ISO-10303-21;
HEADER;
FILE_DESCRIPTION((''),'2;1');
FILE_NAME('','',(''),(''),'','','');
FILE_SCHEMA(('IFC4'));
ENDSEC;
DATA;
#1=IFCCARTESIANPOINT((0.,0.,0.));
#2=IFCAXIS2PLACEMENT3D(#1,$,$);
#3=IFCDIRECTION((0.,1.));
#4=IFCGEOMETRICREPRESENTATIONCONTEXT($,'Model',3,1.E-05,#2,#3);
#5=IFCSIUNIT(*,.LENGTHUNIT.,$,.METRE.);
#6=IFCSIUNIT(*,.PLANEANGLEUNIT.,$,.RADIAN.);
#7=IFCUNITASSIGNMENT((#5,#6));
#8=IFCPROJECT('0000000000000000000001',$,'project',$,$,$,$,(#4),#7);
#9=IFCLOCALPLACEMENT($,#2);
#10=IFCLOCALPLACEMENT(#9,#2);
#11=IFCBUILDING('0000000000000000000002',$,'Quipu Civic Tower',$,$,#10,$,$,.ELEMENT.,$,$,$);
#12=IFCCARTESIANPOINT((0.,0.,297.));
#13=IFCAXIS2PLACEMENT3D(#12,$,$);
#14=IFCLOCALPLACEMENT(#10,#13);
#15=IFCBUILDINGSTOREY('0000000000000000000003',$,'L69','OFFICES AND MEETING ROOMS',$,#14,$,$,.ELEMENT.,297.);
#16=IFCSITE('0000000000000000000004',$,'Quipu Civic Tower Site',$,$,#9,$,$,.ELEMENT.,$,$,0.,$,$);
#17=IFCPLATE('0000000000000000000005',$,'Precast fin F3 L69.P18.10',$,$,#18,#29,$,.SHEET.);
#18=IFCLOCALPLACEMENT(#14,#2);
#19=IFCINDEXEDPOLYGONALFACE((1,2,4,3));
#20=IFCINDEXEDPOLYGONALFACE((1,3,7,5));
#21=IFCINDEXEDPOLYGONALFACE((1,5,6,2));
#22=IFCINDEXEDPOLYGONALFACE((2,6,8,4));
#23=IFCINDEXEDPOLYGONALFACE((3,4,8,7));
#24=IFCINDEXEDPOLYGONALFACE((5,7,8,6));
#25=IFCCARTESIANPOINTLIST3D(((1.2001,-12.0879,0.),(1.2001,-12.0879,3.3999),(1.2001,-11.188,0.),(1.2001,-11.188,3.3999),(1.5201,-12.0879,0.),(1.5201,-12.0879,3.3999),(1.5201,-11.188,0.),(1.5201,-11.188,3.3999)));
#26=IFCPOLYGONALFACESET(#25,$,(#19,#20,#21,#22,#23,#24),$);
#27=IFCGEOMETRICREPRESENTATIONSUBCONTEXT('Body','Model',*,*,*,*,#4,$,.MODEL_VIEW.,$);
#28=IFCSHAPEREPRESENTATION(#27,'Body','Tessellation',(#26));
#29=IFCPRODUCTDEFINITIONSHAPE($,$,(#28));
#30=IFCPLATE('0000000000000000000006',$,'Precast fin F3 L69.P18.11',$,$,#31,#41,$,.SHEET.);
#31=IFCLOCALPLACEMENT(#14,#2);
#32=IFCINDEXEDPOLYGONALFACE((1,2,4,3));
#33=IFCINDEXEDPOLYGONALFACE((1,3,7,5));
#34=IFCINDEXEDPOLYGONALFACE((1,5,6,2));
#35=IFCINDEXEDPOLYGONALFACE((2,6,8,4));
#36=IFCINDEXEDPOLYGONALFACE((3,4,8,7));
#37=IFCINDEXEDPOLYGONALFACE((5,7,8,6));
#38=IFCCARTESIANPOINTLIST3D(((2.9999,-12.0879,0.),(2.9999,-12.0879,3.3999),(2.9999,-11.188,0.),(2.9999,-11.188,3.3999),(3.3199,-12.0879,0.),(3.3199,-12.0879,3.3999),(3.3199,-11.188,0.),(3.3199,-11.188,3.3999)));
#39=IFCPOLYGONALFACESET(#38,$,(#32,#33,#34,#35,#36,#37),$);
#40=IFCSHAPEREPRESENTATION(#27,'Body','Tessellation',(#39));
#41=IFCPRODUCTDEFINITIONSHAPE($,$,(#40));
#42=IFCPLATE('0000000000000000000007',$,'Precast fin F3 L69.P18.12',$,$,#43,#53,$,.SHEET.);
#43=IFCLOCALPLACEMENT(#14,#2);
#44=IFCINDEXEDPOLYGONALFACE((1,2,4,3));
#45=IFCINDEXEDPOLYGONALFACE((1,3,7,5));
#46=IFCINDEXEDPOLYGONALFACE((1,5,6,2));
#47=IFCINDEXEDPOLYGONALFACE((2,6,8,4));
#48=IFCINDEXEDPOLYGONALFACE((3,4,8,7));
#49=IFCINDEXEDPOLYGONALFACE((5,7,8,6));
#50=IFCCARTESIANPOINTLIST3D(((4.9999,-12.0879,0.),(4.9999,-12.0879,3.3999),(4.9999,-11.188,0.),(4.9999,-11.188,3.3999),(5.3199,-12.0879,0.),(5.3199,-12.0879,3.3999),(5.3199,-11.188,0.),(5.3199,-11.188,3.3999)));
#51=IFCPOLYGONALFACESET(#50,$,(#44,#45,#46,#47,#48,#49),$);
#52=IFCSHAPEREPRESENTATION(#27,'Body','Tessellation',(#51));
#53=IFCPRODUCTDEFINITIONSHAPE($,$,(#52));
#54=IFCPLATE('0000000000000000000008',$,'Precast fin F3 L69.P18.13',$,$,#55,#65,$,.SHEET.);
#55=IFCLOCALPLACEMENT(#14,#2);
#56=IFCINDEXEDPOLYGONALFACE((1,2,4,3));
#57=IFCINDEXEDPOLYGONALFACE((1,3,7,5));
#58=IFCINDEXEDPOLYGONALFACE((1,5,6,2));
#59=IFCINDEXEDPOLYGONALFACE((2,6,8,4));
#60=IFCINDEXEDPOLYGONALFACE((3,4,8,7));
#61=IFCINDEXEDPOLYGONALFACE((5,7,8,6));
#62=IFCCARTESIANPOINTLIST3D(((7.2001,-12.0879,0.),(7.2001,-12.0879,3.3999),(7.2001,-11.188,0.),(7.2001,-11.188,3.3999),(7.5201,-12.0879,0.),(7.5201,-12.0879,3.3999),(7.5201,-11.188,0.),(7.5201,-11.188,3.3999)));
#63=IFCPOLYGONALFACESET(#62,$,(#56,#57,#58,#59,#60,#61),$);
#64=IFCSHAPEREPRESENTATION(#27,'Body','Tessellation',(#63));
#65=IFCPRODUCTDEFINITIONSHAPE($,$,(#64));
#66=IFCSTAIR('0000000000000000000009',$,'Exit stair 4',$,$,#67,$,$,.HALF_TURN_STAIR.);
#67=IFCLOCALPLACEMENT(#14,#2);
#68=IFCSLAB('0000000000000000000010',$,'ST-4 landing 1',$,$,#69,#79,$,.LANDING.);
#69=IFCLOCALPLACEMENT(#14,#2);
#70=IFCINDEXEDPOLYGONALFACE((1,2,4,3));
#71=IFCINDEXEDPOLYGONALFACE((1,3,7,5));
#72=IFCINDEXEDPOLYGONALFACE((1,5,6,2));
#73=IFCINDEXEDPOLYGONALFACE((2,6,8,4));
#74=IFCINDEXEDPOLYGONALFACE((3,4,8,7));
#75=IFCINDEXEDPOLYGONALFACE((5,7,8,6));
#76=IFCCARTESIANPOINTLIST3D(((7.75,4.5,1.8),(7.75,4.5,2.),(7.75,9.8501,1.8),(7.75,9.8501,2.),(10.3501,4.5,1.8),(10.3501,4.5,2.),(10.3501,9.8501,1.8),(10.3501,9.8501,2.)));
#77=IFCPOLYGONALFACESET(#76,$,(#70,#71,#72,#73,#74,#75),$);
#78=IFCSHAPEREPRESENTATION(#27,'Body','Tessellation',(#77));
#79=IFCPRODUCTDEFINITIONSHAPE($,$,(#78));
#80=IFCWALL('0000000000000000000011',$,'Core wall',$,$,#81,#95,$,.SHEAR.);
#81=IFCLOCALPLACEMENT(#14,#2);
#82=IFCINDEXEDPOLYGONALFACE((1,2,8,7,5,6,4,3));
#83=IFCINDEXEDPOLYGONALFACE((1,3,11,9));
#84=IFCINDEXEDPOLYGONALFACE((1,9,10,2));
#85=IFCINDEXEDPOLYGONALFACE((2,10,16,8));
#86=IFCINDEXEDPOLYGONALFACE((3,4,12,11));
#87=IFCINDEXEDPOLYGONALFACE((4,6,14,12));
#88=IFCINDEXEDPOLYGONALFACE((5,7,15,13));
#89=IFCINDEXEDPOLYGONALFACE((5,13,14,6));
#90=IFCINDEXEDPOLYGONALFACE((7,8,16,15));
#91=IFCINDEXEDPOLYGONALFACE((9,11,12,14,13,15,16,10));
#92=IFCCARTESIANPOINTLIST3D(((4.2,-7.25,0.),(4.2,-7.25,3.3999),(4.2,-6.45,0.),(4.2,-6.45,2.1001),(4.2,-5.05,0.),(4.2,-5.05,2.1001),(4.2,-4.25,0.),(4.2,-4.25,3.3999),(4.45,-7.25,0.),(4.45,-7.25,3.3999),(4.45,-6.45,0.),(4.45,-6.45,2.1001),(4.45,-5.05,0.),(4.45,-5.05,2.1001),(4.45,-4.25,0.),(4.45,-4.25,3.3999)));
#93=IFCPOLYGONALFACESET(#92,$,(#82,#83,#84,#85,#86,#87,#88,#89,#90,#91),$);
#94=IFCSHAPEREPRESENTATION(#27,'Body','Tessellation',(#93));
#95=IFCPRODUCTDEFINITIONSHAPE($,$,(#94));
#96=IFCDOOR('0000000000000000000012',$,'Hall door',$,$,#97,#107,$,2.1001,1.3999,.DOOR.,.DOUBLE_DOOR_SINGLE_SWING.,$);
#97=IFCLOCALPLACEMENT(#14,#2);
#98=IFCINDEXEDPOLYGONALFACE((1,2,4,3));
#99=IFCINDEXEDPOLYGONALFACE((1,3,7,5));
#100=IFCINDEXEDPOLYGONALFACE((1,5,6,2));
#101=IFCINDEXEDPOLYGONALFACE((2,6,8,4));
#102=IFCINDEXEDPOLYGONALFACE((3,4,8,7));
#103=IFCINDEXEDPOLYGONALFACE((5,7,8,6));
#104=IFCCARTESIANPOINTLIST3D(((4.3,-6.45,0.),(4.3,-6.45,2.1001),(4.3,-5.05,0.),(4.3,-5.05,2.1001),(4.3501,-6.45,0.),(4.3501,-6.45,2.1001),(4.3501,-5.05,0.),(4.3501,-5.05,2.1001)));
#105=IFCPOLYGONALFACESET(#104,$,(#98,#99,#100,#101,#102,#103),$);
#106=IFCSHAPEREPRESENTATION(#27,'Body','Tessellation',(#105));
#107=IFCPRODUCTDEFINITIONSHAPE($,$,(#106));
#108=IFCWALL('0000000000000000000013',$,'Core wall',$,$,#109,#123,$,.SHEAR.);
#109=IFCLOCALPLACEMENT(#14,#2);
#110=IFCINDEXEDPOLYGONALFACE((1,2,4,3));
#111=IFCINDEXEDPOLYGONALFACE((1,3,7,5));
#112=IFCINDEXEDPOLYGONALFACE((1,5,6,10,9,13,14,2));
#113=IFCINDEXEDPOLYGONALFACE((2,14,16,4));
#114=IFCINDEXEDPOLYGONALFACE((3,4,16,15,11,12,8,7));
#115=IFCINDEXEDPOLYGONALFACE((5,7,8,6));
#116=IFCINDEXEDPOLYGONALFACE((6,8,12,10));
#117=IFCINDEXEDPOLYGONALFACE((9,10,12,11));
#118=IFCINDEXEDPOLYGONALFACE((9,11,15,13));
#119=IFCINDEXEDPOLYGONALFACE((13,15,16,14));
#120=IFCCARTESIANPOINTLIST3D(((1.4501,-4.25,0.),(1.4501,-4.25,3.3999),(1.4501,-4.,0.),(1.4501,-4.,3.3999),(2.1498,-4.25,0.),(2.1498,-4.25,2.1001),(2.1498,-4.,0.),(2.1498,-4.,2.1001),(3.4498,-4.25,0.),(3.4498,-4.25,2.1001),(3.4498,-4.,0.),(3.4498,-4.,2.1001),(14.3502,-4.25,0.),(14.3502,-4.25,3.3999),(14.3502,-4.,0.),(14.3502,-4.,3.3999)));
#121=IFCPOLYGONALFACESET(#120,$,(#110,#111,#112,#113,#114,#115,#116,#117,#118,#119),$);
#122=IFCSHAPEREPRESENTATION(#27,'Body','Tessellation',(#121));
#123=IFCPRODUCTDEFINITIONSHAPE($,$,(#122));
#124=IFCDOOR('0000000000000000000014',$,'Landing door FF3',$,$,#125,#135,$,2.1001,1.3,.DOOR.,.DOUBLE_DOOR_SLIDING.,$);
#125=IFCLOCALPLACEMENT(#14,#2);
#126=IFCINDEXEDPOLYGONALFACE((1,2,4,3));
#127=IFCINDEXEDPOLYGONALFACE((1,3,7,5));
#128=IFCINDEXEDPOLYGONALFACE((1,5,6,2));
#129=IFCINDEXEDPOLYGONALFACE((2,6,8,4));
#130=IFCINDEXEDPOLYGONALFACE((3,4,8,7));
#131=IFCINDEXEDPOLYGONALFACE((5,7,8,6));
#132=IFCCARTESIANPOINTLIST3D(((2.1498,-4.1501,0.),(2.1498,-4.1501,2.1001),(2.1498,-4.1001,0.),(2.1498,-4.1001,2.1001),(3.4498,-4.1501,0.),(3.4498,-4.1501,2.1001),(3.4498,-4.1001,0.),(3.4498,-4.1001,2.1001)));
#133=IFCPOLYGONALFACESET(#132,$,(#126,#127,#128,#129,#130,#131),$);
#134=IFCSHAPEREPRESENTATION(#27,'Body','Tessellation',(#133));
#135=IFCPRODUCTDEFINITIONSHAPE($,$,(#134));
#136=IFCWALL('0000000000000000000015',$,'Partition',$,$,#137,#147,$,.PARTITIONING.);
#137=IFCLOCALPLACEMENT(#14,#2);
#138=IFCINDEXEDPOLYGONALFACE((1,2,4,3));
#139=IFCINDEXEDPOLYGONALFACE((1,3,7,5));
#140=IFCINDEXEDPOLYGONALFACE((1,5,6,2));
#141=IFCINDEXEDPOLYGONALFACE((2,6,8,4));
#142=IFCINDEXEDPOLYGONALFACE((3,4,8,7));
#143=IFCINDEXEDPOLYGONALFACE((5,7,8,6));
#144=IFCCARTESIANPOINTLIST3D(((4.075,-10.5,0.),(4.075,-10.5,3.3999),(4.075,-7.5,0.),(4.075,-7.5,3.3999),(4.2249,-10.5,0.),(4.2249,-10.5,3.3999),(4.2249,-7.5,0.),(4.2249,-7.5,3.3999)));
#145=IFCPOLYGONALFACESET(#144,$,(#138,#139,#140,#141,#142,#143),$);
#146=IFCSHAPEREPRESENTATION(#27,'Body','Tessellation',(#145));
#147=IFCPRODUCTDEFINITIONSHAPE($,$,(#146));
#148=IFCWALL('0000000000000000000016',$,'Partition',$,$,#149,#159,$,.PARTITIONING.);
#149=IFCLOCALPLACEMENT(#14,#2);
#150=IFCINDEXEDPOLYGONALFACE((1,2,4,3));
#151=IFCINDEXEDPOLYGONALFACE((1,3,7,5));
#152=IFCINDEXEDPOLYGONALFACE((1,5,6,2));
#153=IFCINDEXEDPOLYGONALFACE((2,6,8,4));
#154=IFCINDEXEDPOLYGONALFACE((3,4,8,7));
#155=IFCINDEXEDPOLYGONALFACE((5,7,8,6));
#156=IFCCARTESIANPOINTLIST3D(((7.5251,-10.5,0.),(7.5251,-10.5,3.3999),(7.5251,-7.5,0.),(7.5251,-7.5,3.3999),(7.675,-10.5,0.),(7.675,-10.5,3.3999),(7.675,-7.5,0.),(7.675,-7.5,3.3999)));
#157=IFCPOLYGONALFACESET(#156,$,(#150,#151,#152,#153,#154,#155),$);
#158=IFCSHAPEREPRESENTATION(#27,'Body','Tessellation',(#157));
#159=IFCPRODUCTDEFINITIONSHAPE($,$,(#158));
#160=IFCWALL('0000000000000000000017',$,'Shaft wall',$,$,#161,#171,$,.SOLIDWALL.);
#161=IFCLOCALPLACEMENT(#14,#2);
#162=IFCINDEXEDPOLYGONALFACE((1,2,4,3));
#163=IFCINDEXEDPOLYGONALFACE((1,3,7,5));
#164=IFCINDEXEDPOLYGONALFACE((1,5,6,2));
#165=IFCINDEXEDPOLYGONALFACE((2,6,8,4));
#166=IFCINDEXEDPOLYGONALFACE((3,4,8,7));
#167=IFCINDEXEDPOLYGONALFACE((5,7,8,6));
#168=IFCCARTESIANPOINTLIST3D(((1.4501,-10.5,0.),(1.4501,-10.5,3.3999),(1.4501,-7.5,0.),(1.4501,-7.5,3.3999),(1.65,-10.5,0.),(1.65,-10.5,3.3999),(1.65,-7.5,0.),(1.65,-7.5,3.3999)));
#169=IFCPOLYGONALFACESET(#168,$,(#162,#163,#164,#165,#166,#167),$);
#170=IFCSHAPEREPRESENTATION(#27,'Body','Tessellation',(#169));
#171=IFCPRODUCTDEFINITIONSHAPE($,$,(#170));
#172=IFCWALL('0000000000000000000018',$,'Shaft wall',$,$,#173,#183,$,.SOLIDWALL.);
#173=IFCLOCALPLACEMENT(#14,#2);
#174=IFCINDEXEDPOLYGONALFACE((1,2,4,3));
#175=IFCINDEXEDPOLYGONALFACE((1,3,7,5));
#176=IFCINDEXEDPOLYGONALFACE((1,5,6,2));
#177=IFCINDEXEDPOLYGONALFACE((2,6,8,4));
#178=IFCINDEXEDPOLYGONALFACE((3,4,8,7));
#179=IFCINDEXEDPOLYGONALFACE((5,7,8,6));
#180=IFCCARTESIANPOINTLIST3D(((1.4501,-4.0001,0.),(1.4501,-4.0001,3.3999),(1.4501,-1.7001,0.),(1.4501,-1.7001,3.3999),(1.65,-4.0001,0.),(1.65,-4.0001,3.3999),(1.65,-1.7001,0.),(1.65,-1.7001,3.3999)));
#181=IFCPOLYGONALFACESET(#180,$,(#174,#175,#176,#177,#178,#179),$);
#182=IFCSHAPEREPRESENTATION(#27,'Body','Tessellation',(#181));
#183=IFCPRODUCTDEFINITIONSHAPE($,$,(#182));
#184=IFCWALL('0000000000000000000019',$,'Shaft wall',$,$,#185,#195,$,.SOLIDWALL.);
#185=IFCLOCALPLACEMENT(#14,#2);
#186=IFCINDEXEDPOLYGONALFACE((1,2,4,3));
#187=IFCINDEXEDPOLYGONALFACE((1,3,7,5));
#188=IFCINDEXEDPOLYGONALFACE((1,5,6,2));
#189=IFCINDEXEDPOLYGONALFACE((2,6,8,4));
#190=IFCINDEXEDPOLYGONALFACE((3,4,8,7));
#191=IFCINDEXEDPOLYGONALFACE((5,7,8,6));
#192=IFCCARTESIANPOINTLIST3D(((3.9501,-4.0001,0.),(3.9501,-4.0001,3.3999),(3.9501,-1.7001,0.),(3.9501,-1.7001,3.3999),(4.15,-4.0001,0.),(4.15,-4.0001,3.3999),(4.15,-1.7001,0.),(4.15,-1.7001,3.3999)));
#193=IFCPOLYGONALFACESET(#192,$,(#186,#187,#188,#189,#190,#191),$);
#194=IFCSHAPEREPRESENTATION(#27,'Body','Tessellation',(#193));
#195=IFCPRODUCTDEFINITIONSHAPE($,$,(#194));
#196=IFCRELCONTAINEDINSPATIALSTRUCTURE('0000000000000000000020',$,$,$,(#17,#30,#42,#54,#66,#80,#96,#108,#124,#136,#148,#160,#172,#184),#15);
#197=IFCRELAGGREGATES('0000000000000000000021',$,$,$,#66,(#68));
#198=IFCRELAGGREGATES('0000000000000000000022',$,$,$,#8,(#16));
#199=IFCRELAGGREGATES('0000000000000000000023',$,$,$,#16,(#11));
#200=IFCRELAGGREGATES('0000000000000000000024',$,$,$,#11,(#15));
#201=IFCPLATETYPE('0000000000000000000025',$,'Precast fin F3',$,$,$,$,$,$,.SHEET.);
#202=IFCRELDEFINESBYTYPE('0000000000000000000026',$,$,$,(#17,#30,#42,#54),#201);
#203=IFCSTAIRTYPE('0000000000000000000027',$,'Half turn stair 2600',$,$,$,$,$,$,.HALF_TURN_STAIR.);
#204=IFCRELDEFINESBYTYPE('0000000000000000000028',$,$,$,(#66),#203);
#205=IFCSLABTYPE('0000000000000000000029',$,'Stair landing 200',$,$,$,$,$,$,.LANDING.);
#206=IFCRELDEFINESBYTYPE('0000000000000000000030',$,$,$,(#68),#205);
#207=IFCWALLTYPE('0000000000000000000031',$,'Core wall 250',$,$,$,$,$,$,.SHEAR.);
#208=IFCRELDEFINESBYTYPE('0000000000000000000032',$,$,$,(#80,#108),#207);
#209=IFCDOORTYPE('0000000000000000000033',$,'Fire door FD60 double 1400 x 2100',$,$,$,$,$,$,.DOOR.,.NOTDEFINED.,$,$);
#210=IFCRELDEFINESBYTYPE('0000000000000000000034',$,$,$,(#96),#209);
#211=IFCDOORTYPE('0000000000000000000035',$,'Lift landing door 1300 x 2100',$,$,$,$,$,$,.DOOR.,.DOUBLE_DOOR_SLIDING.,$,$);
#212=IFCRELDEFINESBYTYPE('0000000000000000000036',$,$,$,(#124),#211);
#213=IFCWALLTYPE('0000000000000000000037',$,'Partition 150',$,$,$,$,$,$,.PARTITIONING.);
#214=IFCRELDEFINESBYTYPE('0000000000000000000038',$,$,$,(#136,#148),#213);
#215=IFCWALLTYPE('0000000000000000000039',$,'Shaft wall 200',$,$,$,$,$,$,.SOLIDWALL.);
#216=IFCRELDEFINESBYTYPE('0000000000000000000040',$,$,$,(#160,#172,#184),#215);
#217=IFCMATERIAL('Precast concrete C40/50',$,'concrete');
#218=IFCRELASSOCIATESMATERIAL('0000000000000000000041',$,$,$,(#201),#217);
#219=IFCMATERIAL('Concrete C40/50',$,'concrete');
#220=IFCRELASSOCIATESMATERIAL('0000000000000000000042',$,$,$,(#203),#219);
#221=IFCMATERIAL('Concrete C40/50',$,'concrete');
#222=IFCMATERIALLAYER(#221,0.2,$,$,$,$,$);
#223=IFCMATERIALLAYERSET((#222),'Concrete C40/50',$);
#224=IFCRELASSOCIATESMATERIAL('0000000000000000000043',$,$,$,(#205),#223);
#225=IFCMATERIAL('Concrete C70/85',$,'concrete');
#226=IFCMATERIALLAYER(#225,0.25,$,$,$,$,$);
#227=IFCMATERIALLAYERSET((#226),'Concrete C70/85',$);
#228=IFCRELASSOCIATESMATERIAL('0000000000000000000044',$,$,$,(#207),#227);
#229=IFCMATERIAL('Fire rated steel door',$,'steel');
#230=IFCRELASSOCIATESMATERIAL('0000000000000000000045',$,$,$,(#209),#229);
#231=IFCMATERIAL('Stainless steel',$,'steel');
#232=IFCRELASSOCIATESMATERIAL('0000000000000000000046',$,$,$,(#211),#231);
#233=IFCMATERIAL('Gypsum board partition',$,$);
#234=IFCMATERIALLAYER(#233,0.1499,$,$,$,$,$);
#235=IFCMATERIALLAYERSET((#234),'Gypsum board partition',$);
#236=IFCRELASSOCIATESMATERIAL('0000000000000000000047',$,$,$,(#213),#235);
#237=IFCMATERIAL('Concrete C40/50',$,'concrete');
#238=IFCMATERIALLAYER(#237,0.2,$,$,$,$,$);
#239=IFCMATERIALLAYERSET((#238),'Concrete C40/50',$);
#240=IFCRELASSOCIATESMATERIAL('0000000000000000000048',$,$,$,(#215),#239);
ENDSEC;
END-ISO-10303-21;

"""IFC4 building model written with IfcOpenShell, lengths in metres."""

from ifc_helpers import new_model, si_unit, direction, frame, frame_2d, origin, origin_2d, place, context, subcontext, project, spatial, polyline, rectangle, outline, extrude, material, layer, layer_set, type_object, element, fill, aggregate, save


model = new_model("IFC4")

# Units and contexts
model_context = context("Model", 3, precision=1e-05, world=origin(), true_north=direction((0.0, 1.0)))
body_context = subcontext(model_context, "Body", "Model", "MODEL_VIEW")
ifc_project = project(units=[si_unit("LENGTHUNIT", "METRE"), si_unit("PLANEANGLEUNIT", "RADIAN")], contexts=[model_context])

# Site, building, storey
site_placement = place(None, origin())
site = spatial("IfcSite", under=ifc_project, at=site_placement, Name="Quipu Civic Tower Site", CompositionType="ELEMENT", RefElevation=0.0)
building_placement = place(site_placement, origin())
building = spatial("IfcBuilding", under=site, at=building_placement, Name="Quipu Civic Tower", CompositionType="ELEMENT")
storey_placement = place(building_placement, frame((0.0, 0.0, 297.0)))
storey = spatial("IfcBuildingStorey", under=building, at=storey_placement, Name="L69", Description="OFFICES AND MEETING ROOMS", CompositionType="ELEMENT", Elevation=297.0)

# Plates
ifc_material_1 = material(Name="Precast concrete C40/50", Category="concrete")
plate_type = type_object("IfcPlateType", Name="Precast fin F3", PredefinedType="SHEET", material=ifc_material_1)
for number, where, z_axis, x_axis, name in (
    (1, (1.3601, -11.6379, 0.0), (0.0, 0.0, 1.0), (1.0, 0.0, 0.0), "Precast fin F3 L69.P18.10"),
    (2, (3.1599, -11.6379, 0.0), (0.0, 0.0, 1.0), (1.0, 0.0, 0.0), "Precast fin F3 L69.P18.11"),
    (3, (5.1599, -11.6379, 0.0), (0.0, 0.0, 1.0), (1.0, 0.0, 0.0), "Precast fin F3 L69.P18.12"),
    (4, (7.3601, -11.6379, 0.0), (0.0, 0.0, 1.0), (1.0, 0.0, 0.0), "Precast fin F3 L69.P18.13"),
):
    element("IfcPlate", number, at=place(storey_placement, frame(where, z_axis=z_axis, x_axis=x_axis)), inside=storey, type_object=plate_type, Name=name, PredefinedType="SHEET", context=body_context, shape_type="SweptSolid", body=[
        extrude(rectangle(XDim=0.3201, YDim=0.8999, at=origin_2d()), origin(), (0.0, 0.0, 1.0), 3.3999),
    ])

# Stair, slab
ifc_material_2 = material(Name="Concrete C40/50", Category="concrete")
stair_type = type_object("IfcStairType", Name="Half turn stair 2600", PredefinedType="HALF_TURN_STAIR", material=ifc_material_2)
stair_placement = place(storey_placement, origin())
stair = element("IfcStair", 5, at=stair_placement, inside=storey, type_object=stair_type, Name="Exit stair 4", PredefinedType="HALF_TURN_STAIR")
ifc_material_3 = material(Name="Concrete C40/50", Category="concrete")
ifc_layer_1 = layer(ifc_material_3, 0.2)
ifc_layer_set_1 = layer_set([ifc_layer_1], Name="Concrete C40/50")
slab_type = type_object("IfcSlabType", Name="Stair landing 200", PredefinedType="LANDING", material=ifc_layer_set_1)
slab_placement = place(storey_placement, frame((0.0, 0.0, 1.8)))
slab = element("IfcSlab", 6, at=slab_placement, type_object=slab_type, Name="ST-4 landing 1", PredefinedType="LANDING", context=body_context, shape_type="SweptSolid", body=[
    extrude(outline(polyline([(10.3501, 9.8501), (7.75, 9.8501), (7.75, 4.5), (10.3501, 4.5), (10.3501, 9.8501)])), origin(), (0.0, 0.0, 1.0), 0.2),
])
aggregate(stair, [slab])

# Walls, openings, doors
ifc_material_4 = material(Name="Concrete C70/85", Category="concrete")
ifc_layer_2 = layer(ifc_material_4, 0.25)
ifc_layer_set_2 = layer_set([ifc_layer_2], Name="Concrete C70/85")
wall_type_1 = type_object("IfcWallType", Name="Core wall 250", PredefinedType="SHEAR", material=ifc_layer_set_2)
wall_1_placement = place(storey_placement, frame((4.325, -7.25, 0.0), z_axis=(0.0, 0.0, 1.0), x_axis=(0.0, 1.0, 0.0)))
wall_1 = element("IfcWall", 7, at=wall_1_placement, inside=storey, type_object=wall_type_1, Name="Core wall", PredefinedType="SHEAR", context=body_context, shape_type="SweptSolid", body=[
    extrude(rectangle(XDim=3.0, YDim=0.25, at=frame_2d((1.5, 0.0))), origin(), (0.0, 0.0, 1.0), 3.3999),
])
opening_1_placement = place(wall_1_placement, frame((0.8, 0.0, 0.0)))
opening_1 = element("IfcOpeningElement", 8, at=opening_1_placement, cuts=wall_1, PredefinedType="OPENING", context=body_context, shape_type="SweptSolid", body=[
    extrude(rectangle(XDim=1.3999, YDim=2.1001, at=frame_2d((0.7, 1.05))), frame((0.0, 0.135, 0.0), z_axis=(0.0, -1.0, 0.0), x_axis=(1.0, 0.0, 0.0)), (0.0, 0.0, 1.0), 0.27),
])
ifc_material_5 = material(Name="Fire rated steel door", Category="steel")
door_type_1 = type_object("IfcDoorType", Name="Fire door FD60 double 1400 x 2100", OperationType="NOTDEFINED", PredefinedType="DOOR", material=ifc_material_5)
door_1_placement = place(opening_1_placement, origin())
door_1 = element("IfcDoor", 9, at=door_1_placement, inside=storey, type_object=door_type_1, Name="Hall door", OperationType="DOUBLE_DOOR_SINGLE_SWING", OverallHeight=2.1001, OverallWidth=1.3999, PredefinedType="DOOR", context=body_context, shape_type="SweptSolid", body=[
    extrude(rectangle(XDim=1.3999, YDim=2.1001, at=frame_2d((0.7, 1.05))), frame((0.0, 0.0249, 0.0), z_axis=(0.0, -1.0, 0.0), x_axis=(1.0, 0.0, 0.0)), (0.0, 0.0, 1.0), 0.05),
])
fill(opening_1, door_1)
wall_2_placement = place(storey_placement, frame((1.45, -4.125, 0.0), z_axis=(0.0, 0.0, 1.0), x_axis=(1.0, 0.0, 0.0)))
wall_2 = element("IfcWall", 10, at=wall_2_placement, inside=storey, type_object=wall_type_1, Name="Core wall", PredefinedType="SHEAR", context=body_context, shape_type="SweptSolid", body=[
    extrude(rectangle(XDim=12.9001, YDim=0.25, at=frame_2d((6.4502, 0.0))), origin(), (0.0, 0.0, 1.0), 3.3999),
])
opening_2_placement = place(wall_2_placement, frame((0.7, 0.0, 0.0)))
opening_2 = element("IfcOpeningElement", 11, at=opening_2_placement, cuts=wall_2, PredefinedType="OPENING", context=body_context, shape_type="SweptSolid", body=[
    extrude(rectangle(XDim=1.3, YDim=2.1001, at=frame_2d((0.6499, 1.05))), frame((0.0, 0.135, 0.0), z_axis=(0.0, -1.0, 0.0), x_axis=(1.0, 0.0, 0.0)), (0.0, 0.0, 1.0), 0.27),
])
ifc_material_6 = material(Name="Stainless steel", Category="steel")
door_type_2 = type_object("IfcDoorType", Name="Lift landing door 1300 x 2100", OperationType="DOUBLE_DOOR_SLIDING", PredefinedType="DOOR", material=ifc_material_6)
door_2_placement = place(opening_2_placement, origin())
door_2 = element("IfcDoor", 12, at=door_2_placement, inside=storey, type_object=door_type_2, Name="Landing door FF3", OperationType="DOUBLE_DOOR_SLIDING", OverallHeight=2.1001, OverallWidth=1.3, PredefinedType="DOOR", context=body_context, shape_type="SweptSolid", body=[
    extrude(rectangle(XDim=1.3, YDim=2.1001, at=frame_2d((0.6499, 1.05))), frame((0.0, 0.0249, 0.0), z_axis=(0.0, -1.0, 0.0), x_axis=(1.0, 0.0, 0.0)), (0.0, 0.0, 1.0), 0.05),
])
fill(opening_2, door_2)

# Walls
ifc_material_7 = material(Name="Gypsum board partition")
ifc_layer_3 = layer(ifc_material_7, 0.1499)
ifc_layer_set_3 = layer_set([ifc_layer_3], Name="Gypsum board partition")
wall_type_2 = type_object("IfcWallType", Name="Partition 150", PredefinedType="PARTITIONING", material=ifc_layer_set_3)
for number, where, z_axis, x_axis, name in (
    (13, (4.1499, -10.5, 0.0), (0.0, 0.0, 1.0), (0.0, 1.0, 0.0), "Partition"),
    (14, (7.6001, -10.5, 0.0), (0.0, 0.0, 1.0), (0.0, 1.0, 0.0), "Partition"),
):
    element("IfcWall", number, at=place(storey_placement, frame(where, z_axis=z_axis, x_axis=x_axis)), inside=storey, type_object=wall_type_2, Name=name, PredefinedType="PARTITIONING", context=body_context, shape_type="SweptSolid", body=[
        extrude(rectangle(XDim=3.0, YDim=0.1499, at=frame_2d((1.5, 0.0))), origin(), (0.0, 0.0, 1.0), 3.3999),
    ])
ifc_material_8 = material(Name="Concrete C40/50", Category="concrete")
ifc_layer_4 = layer(ifc_material_8, 0.2)
ifc_layer_set_4 = layer_set([ifc_layer_4], Name="Concrete C40/50")
wall_type_3 = type_object("IfcWallType", Name="Shaft wall 200", PredefinedType="SOLIDWALL", material=ifc_layer_set_4)
wall_3_placement = place(storey_placement, frame((1.55, -10.5, 0.0), z_axis=(0.0, 0.0, 1.0), x_axis=(0.0, 1.0, 0.0)))
element("IfcWall", 15, at=wall_3_placement, inside=storey, type_object=wall_type_3, Name="Shaft wall", PredefinedType="SOLIDWALL", context=body_context, shape_type="SweptSolid", body=[
    extrude(rectangle(XDim=3.0, YDim=0.2, at=frame_2d((1.5, 0.0))), origin(), (0.0, 0.0, 1.0), 3.3999),
])
for number, where, z_axis, x_axis, name in (
    (16, (1.55, -4.0, 0.0), (0.0, 0.0, 1.0), (0.0, 1.0, 0.0), "Shaft wall"),
    (17, (4.05, -4.0, 0.0), (0.0, 0.0, 1.0), (0.0, 1.0, 0.0), "Shaft wall"),
):
    element("IfcWall", number, at=place(storey_placement, frame(where, z_axis=z_axis, x_axis=x_axis)), inside=storey, type_object=wall_type_3, Name=name, PredefinedType="SOLIDWALL", context=body_context, shape_type="SweptSolid", body=[
        extrude(rectangle(XDim=2.3, YDim=0.2, at=frame_2d((1.1499, 0.0))), origin(), (0.0, 0.0, 1.0), 3.3999),
    ])

save(model, "model.ifc")
